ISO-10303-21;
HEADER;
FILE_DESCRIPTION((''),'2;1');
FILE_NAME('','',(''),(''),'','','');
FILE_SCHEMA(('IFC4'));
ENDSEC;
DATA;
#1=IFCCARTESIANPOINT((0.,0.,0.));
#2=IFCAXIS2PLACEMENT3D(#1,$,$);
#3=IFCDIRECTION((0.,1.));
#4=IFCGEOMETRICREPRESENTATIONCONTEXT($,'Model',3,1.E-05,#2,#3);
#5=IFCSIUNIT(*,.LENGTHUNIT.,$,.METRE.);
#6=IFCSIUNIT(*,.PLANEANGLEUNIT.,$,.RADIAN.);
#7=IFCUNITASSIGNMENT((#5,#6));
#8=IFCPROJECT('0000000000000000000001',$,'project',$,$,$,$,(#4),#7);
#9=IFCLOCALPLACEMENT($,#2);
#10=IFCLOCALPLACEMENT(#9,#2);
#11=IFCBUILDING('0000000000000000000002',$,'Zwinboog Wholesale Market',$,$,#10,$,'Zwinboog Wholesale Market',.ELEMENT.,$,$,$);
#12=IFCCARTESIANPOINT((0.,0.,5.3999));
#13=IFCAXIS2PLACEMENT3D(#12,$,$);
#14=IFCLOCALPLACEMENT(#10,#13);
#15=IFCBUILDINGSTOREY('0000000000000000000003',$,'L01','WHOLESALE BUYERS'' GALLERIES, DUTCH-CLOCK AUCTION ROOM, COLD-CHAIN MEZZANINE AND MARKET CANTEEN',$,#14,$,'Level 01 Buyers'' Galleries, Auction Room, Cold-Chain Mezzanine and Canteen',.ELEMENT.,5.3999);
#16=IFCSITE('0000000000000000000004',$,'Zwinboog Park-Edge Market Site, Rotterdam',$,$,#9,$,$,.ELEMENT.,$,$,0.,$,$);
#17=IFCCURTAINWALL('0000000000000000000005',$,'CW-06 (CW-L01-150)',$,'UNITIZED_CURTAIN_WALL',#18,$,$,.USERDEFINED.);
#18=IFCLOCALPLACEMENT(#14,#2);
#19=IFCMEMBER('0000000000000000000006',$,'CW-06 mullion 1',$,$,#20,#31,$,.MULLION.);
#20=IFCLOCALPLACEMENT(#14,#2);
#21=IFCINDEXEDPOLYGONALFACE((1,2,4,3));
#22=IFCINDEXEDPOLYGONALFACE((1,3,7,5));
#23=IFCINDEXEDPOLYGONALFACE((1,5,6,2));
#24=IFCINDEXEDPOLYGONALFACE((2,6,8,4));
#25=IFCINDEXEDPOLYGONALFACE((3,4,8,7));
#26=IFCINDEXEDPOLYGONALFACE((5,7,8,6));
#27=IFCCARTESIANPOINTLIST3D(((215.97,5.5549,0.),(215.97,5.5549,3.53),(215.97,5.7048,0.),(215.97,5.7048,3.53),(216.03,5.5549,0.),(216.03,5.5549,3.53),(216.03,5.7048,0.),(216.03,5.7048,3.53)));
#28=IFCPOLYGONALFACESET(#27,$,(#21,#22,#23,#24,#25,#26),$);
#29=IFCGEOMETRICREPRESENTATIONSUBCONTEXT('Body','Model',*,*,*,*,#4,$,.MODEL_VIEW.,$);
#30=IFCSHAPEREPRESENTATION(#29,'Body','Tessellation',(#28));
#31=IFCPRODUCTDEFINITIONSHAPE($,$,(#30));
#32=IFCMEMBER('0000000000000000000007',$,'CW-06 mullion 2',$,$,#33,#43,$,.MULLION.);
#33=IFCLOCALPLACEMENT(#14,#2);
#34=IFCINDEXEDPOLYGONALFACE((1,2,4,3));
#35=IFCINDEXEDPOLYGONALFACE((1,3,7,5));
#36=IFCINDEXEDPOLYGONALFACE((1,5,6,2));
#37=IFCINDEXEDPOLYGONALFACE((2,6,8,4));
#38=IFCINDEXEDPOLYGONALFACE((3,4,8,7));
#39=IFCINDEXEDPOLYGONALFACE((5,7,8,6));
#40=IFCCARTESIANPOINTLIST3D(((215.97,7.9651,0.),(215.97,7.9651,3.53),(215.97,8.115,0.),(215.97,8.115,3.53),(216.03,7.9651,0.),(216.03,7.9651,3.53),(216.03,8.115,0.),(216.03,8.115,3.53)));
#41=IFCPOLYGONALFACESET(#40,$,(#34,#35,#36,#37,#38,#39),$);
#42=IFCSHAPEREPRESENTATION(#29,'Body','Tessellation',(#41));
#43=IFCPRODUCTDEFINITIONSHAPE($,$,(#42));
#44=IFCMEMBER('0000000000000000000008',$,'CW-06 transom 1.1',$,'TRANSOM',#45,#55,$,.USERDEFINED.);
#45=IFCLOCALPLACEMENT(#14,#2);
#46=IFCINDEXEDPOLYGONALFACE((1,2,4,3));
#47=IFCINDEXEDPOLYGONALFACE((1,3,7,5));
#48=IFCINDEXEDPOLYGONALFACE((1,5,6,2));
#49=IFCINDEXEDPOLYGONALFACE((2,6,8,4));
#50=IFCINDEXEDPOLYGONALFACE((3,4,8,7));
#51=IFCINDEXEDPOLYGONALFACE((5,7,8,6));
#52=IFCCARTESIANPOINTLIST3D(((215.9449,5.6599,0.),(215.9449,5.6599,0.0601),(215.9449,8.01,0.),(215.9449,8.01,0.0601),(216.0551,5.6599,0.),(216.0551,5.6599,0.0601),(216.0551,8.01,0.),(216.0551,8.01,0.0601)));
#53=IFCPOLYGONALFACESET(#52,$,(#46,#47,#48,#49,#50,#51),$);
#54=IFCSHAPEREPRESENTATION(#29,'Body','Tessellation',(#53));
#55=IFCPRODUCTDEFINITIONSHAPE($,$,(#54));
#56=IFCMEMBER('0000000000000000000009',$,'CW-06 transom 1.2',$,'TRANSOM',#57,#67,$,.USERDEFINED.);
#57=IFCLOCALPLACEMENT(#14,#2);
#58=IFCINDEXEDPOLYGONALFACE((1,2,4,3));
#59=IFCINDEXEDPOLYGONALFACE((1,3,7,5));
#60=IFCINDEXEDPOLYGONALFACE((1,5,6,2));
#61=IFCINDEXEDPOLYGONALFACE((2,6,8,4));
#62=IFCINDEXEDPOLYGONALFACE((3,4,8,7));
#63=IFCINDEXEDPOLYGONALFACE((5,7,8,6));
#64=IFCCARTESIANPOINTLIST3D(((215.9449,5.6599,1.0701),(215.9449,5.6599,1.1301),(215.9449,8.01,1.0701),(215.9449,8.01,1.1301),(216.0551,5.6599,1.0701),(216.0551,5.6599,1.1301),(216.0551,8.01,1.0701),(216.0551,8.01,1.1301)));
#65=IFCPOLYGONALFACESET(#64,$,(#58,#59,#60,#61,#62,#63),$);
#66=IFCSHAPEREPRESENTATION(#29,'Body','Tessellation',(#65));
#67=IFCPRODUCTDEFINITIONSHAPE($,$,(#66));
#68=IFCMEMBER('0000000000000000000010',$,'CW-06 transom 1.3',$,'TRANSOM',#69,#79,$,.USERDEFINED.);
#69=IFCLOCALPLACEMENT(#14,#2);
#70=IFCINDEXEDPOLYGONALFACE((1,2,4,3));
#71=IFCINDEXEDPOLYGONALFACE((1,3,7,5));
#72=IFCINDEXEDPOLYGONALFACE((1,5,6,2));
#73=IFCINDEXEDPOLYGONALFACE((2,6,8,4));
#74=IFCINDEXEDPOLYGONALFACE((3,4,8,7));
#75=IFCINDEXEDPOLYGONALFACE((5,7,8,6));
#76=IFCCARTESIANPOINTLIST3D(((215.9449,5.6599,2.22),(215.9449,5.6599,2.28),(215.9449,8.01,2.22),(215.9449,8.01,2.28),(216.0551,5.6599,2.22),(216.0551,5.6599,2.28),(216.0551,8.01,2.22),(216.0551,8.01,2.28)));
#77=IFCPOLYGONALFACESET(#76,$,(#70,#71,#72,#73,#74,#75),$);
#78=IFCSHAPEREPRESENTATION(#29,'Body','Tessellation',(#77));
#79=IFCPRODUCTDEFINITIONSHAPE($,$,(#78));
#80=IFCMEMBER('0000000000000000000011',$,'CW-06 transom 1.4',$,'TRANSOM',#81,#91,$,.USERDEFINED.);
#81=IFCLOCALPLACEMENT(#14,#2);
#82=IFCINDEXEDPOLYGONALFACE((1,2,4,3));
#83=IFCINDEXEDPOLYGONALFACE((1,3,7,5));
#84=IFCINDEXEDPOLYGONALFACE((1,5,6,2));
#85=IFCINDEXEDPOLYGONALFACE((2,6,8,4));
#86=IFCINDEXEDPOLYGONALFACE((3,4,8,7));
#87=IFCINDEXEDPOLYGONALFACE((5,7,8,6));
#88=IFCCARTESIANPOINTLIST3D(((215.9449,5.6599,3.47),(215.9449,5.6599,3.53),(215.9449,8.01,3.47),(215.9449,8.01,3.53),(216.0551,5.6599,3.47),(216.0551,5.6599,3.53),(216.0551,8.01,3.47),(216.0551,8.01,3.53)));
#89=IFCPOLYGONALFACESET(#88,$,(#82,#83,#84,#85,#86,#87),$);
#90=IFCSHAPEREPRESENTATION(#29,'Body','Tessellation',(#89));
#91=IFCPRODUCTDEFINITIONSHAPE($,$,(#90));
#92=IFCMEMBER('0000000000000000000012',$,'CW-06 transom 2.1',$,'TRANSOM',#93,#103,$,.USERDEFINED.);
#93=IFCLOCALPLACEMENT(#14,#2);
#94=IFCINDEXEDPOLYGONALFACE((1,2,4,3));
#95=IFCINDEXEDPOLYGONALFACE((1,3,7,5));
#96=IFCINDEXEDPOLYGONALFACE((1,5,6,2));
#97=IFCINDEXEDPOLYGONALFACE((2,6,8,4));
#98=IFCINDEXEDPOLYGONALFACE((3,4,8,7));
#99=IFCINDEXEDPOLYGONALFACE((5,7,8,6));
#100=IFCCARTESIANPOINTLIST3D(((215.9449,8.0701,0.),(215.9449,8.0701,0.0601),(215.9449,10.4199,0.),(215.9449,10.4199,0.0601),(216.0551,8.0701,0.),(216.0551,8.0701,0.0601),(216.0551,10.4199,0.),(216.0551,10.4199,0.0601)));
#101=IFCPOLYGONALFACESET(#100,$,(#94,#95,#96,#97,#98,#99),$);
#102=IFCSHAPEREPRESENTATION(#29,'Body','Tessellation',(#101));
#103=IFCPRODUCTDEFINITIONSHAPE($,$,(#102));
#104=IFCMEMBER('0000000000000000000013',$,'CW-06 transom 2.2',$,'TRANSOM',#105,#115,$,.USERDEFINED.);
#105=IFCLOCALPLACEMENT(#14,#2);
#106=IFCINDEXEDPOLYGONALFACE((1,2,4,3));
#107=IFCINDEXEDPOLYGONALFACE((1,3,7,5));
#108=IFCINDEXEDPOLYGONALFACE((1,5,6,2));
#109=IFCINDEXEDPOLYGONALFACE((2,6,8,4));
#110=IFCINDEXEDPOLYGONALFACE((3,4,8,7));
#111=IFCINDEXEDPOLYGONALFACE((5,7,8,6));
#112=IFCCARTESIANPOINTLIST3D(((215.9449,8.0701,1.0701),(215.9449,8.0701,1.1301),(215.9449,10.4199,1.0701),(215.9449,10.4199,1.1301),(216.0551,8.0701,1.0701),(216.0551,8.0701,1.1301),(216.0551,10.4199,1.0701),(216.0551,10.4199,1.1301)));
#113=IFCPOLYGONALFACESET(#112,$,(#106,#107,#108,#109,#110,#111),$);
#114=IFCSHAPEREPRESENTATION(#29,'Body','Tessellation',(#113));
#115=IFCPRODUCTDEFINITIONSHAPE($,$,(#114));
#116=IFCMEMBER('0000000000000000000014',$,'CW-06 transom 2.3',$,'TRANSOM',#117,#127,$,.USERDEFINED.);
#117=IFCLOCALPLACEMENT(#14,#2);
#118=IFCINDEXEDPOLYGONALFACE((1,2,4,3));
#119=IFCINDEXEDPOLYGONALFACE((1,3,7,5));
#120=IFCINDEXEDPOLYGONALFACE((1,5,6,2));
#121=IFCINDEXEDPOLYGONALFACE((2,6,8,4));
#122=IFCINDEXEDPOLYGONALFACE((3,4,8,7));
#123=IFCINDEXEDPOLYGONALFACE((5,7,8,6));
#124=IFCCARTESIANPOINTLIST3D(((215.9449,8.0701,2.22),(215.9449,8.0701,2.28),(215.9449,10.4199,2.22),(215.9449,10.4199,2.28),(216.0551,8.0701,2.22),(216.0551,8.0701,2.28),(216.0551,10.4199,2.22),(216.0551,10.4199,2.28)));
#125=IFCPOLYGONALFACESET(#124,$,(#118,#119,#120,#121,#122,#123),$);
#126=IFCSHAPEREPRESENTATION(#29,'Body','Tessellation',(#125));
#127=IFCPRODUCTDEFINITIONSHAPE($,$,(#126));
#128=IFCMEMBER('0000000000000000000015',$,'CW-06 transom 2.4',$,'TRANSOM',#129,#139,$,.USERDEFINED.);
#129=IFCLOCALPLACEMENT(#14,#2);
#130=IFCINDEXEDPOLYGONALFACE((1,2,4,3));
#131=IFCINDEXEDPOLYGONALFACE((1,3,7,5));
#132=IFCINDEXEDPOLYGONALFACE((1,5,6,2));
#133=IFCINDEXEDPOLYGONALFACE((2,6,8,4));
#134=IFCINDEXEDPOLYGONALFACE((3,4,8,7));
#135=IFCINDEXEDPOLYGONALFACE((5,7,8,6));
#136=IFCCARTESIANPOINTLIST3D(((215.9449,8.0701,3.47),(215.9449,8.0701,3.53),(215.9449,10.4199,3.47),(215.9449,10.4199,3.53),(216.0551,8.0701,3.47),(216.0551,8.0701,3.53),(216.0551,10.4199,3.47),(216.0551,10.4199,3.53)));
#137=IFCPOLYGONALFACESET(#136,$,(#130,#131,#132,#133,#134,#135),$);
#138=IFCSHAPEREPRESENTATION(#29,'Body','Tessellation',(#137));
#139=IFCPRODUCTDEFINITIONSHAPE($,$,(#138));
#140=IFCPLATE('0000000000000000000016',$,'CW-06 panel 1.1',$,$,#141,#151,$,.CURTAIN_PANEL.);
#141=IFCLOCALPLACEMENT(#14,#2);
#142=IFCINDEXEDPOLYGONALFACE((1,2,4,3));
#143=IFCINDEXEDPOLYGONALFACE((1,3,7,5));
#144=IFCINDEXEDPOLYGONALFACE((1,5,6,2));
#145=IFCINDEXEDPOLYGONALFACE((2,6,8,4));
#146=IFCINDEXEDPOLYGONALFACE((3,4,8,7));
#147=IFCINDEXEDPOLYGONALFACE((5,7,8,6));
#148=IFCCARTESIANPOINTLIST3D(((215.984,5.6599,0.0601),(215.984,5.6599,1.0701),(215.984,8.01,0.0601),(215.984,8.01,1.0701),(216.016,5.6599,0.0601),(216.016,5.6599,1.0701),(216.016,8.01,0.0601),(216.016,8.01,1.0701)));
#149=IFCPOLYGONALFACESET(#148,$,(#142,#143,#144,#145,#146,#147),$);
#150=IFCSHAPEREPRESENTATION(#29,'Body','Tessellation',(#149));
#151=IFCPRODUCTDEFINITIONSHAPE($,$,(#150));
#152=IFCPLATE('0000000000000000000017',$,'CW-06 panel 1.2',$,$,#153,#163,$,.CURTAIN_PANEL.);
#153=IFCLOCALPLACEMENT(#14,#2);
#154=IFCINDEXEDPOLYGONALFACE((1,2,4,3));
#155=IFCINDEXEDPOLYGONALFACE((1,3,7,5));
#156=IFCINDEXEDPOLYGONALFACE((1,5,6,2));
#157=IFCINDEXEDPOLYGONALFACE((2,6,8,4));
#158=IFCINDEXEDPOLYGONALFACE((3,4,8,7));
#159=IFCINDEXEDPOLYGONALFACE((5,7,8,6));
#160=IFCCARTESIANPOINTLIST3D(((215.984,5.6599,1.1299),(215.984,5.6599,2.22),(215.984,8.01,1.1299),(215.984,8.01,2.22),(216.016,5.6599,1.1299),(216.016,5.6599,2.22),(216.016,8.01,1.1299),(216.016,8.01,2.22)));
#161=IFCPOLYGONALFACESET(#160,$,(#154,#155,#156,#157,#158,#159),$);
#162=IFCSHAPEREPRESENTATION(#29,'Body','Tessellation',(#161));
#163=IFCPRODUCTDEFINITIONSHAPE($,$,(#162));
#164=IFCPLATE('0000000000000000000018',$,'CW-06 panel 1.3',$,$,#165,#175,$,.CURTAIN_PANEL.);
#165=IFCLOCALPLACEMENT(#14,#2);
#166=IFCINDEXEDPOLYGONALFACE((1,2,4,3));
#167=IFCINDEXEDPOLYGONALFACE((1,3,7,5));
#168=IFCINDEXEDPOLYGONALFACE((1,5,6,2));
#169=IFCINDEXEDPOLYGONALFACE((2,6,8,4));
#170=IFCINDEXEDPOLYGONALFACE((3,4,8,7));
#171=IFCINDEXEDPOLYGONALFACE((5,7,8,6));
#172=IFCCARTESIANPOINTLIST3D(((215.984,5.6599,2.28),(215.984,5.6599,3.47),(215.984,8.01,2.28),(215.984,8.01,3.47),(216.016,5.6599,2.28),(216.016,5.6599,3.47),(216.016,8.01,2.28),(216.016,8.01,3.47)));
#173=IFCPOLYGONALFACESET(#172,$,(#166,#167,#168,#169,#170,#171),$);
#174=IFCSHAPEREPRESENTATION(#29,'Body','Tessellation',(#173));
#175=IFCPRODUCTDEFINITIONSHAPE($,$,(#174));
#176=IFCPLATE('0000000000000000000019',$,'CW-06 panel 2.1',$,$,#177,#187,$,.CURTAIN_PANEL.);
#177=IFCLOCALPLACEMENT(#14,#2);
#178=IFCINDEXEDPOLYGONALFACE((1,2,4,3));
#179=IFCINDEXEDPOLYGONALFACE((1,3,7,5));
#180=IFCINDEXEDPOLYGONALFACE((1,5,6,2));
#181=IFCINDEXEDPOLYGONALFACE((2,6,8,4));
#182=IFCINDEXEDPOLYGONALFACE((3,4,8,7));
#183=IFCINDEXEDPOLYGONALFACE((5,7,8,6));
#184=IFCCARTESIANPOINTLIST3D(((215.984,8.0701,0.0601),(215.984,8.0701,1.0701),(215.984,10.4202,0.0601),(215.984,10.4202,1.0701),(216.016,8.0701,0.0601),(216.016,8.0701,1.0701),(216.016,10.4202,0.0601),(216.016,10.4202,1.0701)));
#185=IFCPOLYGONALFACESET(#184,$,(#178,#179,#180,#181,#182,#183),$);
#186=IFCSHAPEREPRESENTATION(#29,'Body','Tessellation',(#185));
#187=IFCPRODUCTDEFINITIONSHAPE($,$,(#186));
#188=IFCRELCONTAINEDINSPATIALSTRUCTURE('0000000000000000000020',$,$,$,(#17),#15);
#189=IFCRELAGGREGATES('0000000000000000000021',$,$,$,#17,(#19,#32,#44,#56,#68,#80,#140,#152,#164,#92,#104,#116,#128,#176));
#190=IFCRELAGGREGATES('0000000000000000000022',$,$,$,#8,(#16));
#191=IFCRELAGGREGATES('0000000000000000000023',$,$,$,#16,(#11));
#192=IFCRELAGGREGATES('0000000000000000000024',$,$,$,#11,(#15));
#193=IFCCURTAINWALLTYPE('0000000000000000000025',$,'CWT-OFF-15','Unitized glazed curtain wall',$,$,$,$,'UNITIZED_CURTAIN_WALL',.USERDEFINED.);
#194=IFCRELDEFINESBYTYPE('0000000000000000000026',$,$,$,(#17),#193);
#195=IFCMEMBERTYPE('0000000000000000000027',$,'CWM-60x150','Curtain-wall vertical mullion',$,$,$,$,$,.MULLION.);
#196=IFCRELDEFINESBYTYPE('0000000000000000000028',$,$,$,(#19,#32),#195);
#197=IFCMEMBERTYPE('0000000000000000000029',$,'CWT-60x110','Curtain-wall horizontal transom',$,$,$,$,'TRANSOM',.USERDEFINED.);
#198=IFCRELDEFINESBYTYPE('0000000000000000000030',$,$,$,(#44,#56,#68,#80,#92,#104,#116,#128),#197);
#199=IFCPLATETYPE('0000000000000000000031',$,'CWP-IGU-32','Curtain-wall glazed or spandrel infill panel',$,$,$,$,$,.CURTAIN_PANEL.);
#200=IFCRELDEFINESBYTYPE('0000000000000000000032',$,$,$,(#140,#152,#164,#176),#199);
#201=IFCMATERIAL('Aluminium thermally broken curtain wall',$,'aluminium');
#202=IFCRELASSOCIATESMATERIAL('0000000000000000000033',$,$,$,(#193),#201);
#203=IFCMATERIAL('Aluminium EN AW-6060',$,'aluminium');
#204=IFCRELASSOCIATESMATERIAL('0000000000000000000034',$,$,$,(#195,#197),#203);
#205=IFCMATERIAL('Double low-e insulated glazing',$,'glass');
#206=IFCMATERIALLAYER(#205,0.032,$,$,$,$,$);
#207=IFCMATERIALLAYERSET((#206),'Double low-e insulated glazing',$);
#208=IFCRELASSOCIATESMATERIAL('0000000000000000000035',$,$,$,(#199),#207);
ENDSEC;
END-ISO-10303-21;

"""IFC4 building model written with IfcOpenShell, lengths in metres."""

from ifc_helpers import new_model, si_unit, direction, frame, origin, origin_2d, place, context, subcontext, project, spatial, rectangle, extrude, material, layer, layer_set, material_profile, profile_set, type_object, element, aggregate, save


model = new_model("IFC4")

# Units and contexts
model_context = context("Model", 3, precision=1e-05, world=origin(), true_north=direction((0.0, 1.0)))
body_context = subcontext(model_context, "Body", "Model", "MODEL_VIEW")
ifc_project = project(units=[si_unit("LENGTHUNIT", "METRE"), si_unit("PLANEANGLEUNIT", "RADIAN")], contexts=[model_context])

# Site, building, storey
site_placement = place(None, origin())
site = spatial("IfcSite", under=ifc_project, at=site_placement, Name="Zwinboog Park-Edge Market Site, Rotterdam", CompositionType="ELEMENT", RefElevation=0.0)
building_placement = place(site_placement, origin())
building = spatial("IfcBuilding", under=site, at=building_placement, Name="Zwinboog Wholesale Market", LongName="Zwinboog Wholesale Market", CompositionType="ELEMENT")
storey_placement = place(building_placement, frame((0.0, 0.0, 5.3999)))
storey = spatial("IfcBuildingStorey", under=building, at=storey_placement, Name="L01", Description="WHOLESALE BUYERS' GALLERIES, DUTCH-CLOCK AUCTION ROOM, COLD-CHAIN MEZZANINE AND MARKET CANTEEN", LongName="Level 01 Buyers' Galleries, Auction Room, Cold-Chain Mezzanine and Canteen", CompositionType="ELEMENT", Elevation=5.3999)

# Curtain wall, members, plates
ifc_material_1 = material(Name="Aluminium thermally broken curtain wall", Category="aluminium")
curtain_wall_type = type_object("IfcCurtainWallType", Name="CWT-OFF-15", Description="Unitized glazed curtain wall", ElementType="UNITIZED_CURTAIN_WALL", PredefinedType="USERDEFINED", material=ifc_material_1)
curtain_wall_placement = place(storey_placement, origin())
curtain_wall = element("IfcCurtainWall", 1, at=curtain_wall_placement, inside=storey, type_object=curtain_wall_type, Name="CW-06 (CW-L01-150)", ObjectType="UNITIZED_CURTAIN_WALL", PredefinedType="USERDEFINED")
ifc_material_2 = material(Name="Aluminium EN AW-6060", Category="aluminium")
ifc_material_profile_1 = material_profile(ifc_material_2, rectangle(XDim=0.0601, YDim=0.1499, at=origin_2d()), Name="AL 60x150")
ifc_profile_set_1 = profile_set([ifc_material_profile_1], Name="Aluminium EN AW-6060")
member_type_1 = type_object("IfcMemberType", Name="CWM-60x150", Description="Curtain-wall vertical mullion", PredefinedType="MULLION", material=ifc_profile_set_1)
member_1_placement = place(storey_placement, frame((216.0, 5.6299, 0.0), z_axis=(0.0, 0.0, 1.0), x_axis=(-1.0, 0.0, 0.0)))
member_1 = element("IfcMember", 2, at=member_1_placement, type_object=member_type_1, Name="CW-06 mullion 1", PredefinedType="MULLION", context=body_context, shape_type="SweptSolid", body=[
    extrude(rectangle(XDim=0.0601, YDim=0.1499, at=origin_2d()), origin(), (0.0, 0.0, 1.0), 3.53),
])
member_2_placement = place(storey_placement, frame((216.0, 8.04, 0.0), z_axis=(0.0, 0.0, 1.0), x_axis=(-1.0, 0.0, 0.0)))
member_2 = element("IfcMember", 3, at=member_2_placement, type_object=member_type_1, Name="CW-06 mullion 2", PredefinedType="MULLION", context=body_context, shape_type="SweptSolid", body=[
    extrude(rectangle(XDim=0.0601, YDim=0.1499, at=origin_2d()), origin(), (0.0, 0.0, 1.0), 3.53),
])
ifc_material_profile_2 = material_profile(ifc_material_2, rectangle(XDim=0.1101, YDim=0.0601, at=origin_2d()), Name="AL 60x110")
ifc_profile_set_2 = profile_set([ifc_material_profile_2], Name="Aluminium EN AW-6060")
member_type_2 = type_object("IfcMemberType", Name="CWT-60x110", Description="Curtain-wall horizontal transom", ElementType="TRANSOM", PredefinedType="USERDEFINED", material=ifc_profile_set_2)
member_3_placement = place(storey_placement, frame((216.0, 5.6599, 0.03), z_axis=(0.0, 1.0, 0.0), x_axis=(-1.0, 0.0, 0.0)))
member_3 = element("IfcMember", 4, at=member_3_placement, type_object=member_type_2, Name="CW-06 transom 1.1", ObjectType="TRANSOM", PredefinedType="USERDEFINED", context=body_context, shape_type="SweptSolid", body=[
    extrude(rectangle(XDim=0.1101, YDim=0.0601, at=origin_2d()), origin(), (0.0, 0.0, 1.0), 2.3501),
])
member_4_placement = place(storey_placement, frame((216.0, 5.6599, 1.1001), z_axis=(0.0, 1.0, 0.0), x_axis=(-1.0, 0.0, 0.0)))
member_4 = element("IfcMember", 5, at=member_4_placement, type_object=member_type_2, Name="CW-06 transom 1.2", ObjectType="TRANSOM", PredefinedType="USERDEFINED", context=body_context, shape_type="SweptSolid", body=[
    extrude(rectangle(XDim=0.1101, YDim=0.0601, at=origin_2d()), origin(), (0.0, 0.0, 1.0), 2.3501),
])
member_5_placement = place(storey_placement, frame((216.0, 5.6599, 2.25), z_axis=(0.0, 1.0, 0.0), x_axis=(-1.0, 0.0, 0.0)))
member_5 = element("IfcMember", 6, at=member_5_placement, type_object=member_type_2, Name="CW-06 transom 1.3", ObjectType="TRANSOM", PredefinedType="USERDEFINED", context=body_context, shape_type="SweptSolid", body=[
    extrude(rectangle(XDim=0.1101, YDim=0.0601, at=origin_2d()), origin(), (0.0, 0.0, 1.0), 2.3501),
])
member_6_placement = place(storey_placement, frame((216.0, 5.6599, 3.5), z_axis=(0.0, 1.0, 0.0), x_axis=(-1.0, 0.0, 0.0)))
member_6 = element("IfcMember", 7, at=member_6_placement, type_object=member_type_2, Name="CW-06 transom 1.4", ObjectType="TRANSOM", PredefinedType="USERDEFINED", context=body_context, shape_type="SweptSolid", body=[
    extrude(rectangle(XDim=0.1101, YDim=0.0601, at=origin_2d()), origin(), (0.0, 0.0, 1.0), 2.3501),
])
member_7_placement = place(storey_placement, frame((216.0, 8.0701, 0.03), z_axis=(0.0, 1.0, 0.0), x_axis=(-1.0, 0.0, 0.0)))
member_7 = element("IfcMember", 8, at=member_7_placement, type_object=member_type_2, Name="CW-06 transom 2.1", ObjectType="TRANSOM", PredefinedType="USERDEFINED", context=body_context, shape_type="SweptSolid", body=[
    extrude(rectangle(XDim=0.1101, YDim=0.0601, at=origin_2d()), origin(), (0.0, 0.0, 1.0), 2.3499),
])
member_8_placement = place(storey_placement, frame((216.0, 8.0701, 1.1001), z_axis=(0.0, 1.0, 0.0), x_axis=(-1.0, 0.0, 0.0)))
member_8 = element("IfcMember", 9, at=member_8_placement, type_object=member_type_2, Name="CW-06 transom 2.2", ObjectType="TRANSOM", PredefinedType="USERDEFINED", context=body_context, shape_type="SweptSolid", body=[
    extrude(rectangle(XDim=0.1101, YDim=0.0601, at=origin_2d()), origin(), (0.0, 0.0, 1.0), 2.3499),
])
member_9_placement = place(storey_placement, frame((216.0, 8.0701, 2.25), z_axis=(0.0, 1.0, 0.0), x_axis=(-1.0, 0.0, 0.0)))
member_9 = element("IfcMember", 10, at=member_9_placement, type_object=member_type_2, Name="CW-06 transom 2.3", ObjectType="TRANSOM", PredefinedType="USERDEFINED", context=body_context, shape_type="SweptSolid", body=[
    extrude(rectangle(XDim=0.1101, YDim=0.0601, at=origin_2d()), origin(), (0.0, 0.0, 1.0), 2.3499),
])
member_10_placement = place(storey_placement, frame((216.0, 8.0701, 3.5), z_axis=(0.0, 1.0, 0.0), x_axis=(-1.0, 0.0, 0.0)))
member_10 = element("IfcMember", 11, at=member_10_placement, type_object=member_type_2, Name="CW-06 transom 2.4", ObjectType="TRANSOM", PredefinedType="USERDEFINED", context=body_context, shape_type="SweptSolid", body=[
    extrude(rectangle(XDim=0.1101, YDim=0.0601, at=origin_2d()), origin(), (0.0, 0.0, 1.0), 2.3499),
])
ifc_material_3 = material(Name="Double low-e insulated glazing", Category="glass")
ifc_layer_1 = layer(ifc_material_3, 0.032)
ifc_layer_set_1 = layer_set([ifc_layer_1], Name="Double low-e insulated glazing")
plate_type = type_object("IfcPlateType", Name="CWP-IGU-32", Description="Curtain-wall glazed or spandrel infill panel", PredefinedType="CURTAIN_PANEL", material=ifc_layer_set_1)
plate_1_placement = place(storey_placement, frame((216.0, 6.835, 0.0601), z_axis=(0.0, 0.0, 1.0), x_axis=(0.0, 1.0, 0.0)))
plate_1 = element("IfcPlate", 12, at=plate_1_placement, type_object=plate_type, Name="CW-06 panel 1.1", PredefinedType="CURTAIN_PANEL", context=body_context, shape_type="SweptSolid", body=[
    extrude(rectangle(XDim=2.3501, YDim=0.032, at=origin_2d()), origin(), (0.0, 0.0, 1.0), 1.01),
])
plate_2_placement = place(storey_placement, frame((216.0, 6.835, 1.1299), z_axis=(0.0, 0.0, 1.0), x_axis=(0.0, 1.0, 0.0)))
plate_2 = element("IfcPlate", 13, at=plate_2_placement, type_object=plate_type, Name="CW-06 panel 1.2", PredefinedType="CURTAIN_PANEL", context=body_context, shape_type="SweptSolid", body=[
    extrude(rectangle(XDim=2.3501, YDim=0.032, at=origin_2d()), origin(), (0.0, 0.0, 1.0), 1.0901),
])
plate_3_placement = place(storey_placement, frame((216.0, 6.835, 2.28), z_axis=(0.0, 0.0, 1.0), x_axis=(0.0, 1.0, 0.0)))
plate_3 = element("IfcPlate", 14, at=plate_3_placement, type_object=plate_type, Name="CW-06 panel 1.3", PredefinedType="CURTAIN_PANEL", context=body_context, shape_type="SweptSolid", body=[
    extrude(rectangle(XDim=2.3501, YDim=0.032, at=origin_2d()), origin(), (0.0, 0.0, 1.0), 1.1899),
])
plate_4_placement = place(storey_placement, frame((216.0, 9.2451, 0.0601), z_axis=(0.0, 0.0, 1.0), x_axis=(0.0, 1.0, 0.0)))
plate_4 = element("IfcPlate", 15, at=plate_4_placement, type_object=plate_type, Name="CW-06 panel 2.1", PredefinedType="CURTAIN_PANEL", context=body_context, shape_type="SweptSolid", body=[
    extrude(rectangle(XDim=2.3501, YDim=0.032, at=origin_2d()), origin(), (0.0, 0.0, 1.0), 1.01),
])
aggregate(curtain_wall, [member_1, member_2, member_3, member_4, member_5, member_6, plate_1, plate_2, plate_3, member_7, member_8, member_9, member_10, plate_4])

save(model, "model.ifc")
